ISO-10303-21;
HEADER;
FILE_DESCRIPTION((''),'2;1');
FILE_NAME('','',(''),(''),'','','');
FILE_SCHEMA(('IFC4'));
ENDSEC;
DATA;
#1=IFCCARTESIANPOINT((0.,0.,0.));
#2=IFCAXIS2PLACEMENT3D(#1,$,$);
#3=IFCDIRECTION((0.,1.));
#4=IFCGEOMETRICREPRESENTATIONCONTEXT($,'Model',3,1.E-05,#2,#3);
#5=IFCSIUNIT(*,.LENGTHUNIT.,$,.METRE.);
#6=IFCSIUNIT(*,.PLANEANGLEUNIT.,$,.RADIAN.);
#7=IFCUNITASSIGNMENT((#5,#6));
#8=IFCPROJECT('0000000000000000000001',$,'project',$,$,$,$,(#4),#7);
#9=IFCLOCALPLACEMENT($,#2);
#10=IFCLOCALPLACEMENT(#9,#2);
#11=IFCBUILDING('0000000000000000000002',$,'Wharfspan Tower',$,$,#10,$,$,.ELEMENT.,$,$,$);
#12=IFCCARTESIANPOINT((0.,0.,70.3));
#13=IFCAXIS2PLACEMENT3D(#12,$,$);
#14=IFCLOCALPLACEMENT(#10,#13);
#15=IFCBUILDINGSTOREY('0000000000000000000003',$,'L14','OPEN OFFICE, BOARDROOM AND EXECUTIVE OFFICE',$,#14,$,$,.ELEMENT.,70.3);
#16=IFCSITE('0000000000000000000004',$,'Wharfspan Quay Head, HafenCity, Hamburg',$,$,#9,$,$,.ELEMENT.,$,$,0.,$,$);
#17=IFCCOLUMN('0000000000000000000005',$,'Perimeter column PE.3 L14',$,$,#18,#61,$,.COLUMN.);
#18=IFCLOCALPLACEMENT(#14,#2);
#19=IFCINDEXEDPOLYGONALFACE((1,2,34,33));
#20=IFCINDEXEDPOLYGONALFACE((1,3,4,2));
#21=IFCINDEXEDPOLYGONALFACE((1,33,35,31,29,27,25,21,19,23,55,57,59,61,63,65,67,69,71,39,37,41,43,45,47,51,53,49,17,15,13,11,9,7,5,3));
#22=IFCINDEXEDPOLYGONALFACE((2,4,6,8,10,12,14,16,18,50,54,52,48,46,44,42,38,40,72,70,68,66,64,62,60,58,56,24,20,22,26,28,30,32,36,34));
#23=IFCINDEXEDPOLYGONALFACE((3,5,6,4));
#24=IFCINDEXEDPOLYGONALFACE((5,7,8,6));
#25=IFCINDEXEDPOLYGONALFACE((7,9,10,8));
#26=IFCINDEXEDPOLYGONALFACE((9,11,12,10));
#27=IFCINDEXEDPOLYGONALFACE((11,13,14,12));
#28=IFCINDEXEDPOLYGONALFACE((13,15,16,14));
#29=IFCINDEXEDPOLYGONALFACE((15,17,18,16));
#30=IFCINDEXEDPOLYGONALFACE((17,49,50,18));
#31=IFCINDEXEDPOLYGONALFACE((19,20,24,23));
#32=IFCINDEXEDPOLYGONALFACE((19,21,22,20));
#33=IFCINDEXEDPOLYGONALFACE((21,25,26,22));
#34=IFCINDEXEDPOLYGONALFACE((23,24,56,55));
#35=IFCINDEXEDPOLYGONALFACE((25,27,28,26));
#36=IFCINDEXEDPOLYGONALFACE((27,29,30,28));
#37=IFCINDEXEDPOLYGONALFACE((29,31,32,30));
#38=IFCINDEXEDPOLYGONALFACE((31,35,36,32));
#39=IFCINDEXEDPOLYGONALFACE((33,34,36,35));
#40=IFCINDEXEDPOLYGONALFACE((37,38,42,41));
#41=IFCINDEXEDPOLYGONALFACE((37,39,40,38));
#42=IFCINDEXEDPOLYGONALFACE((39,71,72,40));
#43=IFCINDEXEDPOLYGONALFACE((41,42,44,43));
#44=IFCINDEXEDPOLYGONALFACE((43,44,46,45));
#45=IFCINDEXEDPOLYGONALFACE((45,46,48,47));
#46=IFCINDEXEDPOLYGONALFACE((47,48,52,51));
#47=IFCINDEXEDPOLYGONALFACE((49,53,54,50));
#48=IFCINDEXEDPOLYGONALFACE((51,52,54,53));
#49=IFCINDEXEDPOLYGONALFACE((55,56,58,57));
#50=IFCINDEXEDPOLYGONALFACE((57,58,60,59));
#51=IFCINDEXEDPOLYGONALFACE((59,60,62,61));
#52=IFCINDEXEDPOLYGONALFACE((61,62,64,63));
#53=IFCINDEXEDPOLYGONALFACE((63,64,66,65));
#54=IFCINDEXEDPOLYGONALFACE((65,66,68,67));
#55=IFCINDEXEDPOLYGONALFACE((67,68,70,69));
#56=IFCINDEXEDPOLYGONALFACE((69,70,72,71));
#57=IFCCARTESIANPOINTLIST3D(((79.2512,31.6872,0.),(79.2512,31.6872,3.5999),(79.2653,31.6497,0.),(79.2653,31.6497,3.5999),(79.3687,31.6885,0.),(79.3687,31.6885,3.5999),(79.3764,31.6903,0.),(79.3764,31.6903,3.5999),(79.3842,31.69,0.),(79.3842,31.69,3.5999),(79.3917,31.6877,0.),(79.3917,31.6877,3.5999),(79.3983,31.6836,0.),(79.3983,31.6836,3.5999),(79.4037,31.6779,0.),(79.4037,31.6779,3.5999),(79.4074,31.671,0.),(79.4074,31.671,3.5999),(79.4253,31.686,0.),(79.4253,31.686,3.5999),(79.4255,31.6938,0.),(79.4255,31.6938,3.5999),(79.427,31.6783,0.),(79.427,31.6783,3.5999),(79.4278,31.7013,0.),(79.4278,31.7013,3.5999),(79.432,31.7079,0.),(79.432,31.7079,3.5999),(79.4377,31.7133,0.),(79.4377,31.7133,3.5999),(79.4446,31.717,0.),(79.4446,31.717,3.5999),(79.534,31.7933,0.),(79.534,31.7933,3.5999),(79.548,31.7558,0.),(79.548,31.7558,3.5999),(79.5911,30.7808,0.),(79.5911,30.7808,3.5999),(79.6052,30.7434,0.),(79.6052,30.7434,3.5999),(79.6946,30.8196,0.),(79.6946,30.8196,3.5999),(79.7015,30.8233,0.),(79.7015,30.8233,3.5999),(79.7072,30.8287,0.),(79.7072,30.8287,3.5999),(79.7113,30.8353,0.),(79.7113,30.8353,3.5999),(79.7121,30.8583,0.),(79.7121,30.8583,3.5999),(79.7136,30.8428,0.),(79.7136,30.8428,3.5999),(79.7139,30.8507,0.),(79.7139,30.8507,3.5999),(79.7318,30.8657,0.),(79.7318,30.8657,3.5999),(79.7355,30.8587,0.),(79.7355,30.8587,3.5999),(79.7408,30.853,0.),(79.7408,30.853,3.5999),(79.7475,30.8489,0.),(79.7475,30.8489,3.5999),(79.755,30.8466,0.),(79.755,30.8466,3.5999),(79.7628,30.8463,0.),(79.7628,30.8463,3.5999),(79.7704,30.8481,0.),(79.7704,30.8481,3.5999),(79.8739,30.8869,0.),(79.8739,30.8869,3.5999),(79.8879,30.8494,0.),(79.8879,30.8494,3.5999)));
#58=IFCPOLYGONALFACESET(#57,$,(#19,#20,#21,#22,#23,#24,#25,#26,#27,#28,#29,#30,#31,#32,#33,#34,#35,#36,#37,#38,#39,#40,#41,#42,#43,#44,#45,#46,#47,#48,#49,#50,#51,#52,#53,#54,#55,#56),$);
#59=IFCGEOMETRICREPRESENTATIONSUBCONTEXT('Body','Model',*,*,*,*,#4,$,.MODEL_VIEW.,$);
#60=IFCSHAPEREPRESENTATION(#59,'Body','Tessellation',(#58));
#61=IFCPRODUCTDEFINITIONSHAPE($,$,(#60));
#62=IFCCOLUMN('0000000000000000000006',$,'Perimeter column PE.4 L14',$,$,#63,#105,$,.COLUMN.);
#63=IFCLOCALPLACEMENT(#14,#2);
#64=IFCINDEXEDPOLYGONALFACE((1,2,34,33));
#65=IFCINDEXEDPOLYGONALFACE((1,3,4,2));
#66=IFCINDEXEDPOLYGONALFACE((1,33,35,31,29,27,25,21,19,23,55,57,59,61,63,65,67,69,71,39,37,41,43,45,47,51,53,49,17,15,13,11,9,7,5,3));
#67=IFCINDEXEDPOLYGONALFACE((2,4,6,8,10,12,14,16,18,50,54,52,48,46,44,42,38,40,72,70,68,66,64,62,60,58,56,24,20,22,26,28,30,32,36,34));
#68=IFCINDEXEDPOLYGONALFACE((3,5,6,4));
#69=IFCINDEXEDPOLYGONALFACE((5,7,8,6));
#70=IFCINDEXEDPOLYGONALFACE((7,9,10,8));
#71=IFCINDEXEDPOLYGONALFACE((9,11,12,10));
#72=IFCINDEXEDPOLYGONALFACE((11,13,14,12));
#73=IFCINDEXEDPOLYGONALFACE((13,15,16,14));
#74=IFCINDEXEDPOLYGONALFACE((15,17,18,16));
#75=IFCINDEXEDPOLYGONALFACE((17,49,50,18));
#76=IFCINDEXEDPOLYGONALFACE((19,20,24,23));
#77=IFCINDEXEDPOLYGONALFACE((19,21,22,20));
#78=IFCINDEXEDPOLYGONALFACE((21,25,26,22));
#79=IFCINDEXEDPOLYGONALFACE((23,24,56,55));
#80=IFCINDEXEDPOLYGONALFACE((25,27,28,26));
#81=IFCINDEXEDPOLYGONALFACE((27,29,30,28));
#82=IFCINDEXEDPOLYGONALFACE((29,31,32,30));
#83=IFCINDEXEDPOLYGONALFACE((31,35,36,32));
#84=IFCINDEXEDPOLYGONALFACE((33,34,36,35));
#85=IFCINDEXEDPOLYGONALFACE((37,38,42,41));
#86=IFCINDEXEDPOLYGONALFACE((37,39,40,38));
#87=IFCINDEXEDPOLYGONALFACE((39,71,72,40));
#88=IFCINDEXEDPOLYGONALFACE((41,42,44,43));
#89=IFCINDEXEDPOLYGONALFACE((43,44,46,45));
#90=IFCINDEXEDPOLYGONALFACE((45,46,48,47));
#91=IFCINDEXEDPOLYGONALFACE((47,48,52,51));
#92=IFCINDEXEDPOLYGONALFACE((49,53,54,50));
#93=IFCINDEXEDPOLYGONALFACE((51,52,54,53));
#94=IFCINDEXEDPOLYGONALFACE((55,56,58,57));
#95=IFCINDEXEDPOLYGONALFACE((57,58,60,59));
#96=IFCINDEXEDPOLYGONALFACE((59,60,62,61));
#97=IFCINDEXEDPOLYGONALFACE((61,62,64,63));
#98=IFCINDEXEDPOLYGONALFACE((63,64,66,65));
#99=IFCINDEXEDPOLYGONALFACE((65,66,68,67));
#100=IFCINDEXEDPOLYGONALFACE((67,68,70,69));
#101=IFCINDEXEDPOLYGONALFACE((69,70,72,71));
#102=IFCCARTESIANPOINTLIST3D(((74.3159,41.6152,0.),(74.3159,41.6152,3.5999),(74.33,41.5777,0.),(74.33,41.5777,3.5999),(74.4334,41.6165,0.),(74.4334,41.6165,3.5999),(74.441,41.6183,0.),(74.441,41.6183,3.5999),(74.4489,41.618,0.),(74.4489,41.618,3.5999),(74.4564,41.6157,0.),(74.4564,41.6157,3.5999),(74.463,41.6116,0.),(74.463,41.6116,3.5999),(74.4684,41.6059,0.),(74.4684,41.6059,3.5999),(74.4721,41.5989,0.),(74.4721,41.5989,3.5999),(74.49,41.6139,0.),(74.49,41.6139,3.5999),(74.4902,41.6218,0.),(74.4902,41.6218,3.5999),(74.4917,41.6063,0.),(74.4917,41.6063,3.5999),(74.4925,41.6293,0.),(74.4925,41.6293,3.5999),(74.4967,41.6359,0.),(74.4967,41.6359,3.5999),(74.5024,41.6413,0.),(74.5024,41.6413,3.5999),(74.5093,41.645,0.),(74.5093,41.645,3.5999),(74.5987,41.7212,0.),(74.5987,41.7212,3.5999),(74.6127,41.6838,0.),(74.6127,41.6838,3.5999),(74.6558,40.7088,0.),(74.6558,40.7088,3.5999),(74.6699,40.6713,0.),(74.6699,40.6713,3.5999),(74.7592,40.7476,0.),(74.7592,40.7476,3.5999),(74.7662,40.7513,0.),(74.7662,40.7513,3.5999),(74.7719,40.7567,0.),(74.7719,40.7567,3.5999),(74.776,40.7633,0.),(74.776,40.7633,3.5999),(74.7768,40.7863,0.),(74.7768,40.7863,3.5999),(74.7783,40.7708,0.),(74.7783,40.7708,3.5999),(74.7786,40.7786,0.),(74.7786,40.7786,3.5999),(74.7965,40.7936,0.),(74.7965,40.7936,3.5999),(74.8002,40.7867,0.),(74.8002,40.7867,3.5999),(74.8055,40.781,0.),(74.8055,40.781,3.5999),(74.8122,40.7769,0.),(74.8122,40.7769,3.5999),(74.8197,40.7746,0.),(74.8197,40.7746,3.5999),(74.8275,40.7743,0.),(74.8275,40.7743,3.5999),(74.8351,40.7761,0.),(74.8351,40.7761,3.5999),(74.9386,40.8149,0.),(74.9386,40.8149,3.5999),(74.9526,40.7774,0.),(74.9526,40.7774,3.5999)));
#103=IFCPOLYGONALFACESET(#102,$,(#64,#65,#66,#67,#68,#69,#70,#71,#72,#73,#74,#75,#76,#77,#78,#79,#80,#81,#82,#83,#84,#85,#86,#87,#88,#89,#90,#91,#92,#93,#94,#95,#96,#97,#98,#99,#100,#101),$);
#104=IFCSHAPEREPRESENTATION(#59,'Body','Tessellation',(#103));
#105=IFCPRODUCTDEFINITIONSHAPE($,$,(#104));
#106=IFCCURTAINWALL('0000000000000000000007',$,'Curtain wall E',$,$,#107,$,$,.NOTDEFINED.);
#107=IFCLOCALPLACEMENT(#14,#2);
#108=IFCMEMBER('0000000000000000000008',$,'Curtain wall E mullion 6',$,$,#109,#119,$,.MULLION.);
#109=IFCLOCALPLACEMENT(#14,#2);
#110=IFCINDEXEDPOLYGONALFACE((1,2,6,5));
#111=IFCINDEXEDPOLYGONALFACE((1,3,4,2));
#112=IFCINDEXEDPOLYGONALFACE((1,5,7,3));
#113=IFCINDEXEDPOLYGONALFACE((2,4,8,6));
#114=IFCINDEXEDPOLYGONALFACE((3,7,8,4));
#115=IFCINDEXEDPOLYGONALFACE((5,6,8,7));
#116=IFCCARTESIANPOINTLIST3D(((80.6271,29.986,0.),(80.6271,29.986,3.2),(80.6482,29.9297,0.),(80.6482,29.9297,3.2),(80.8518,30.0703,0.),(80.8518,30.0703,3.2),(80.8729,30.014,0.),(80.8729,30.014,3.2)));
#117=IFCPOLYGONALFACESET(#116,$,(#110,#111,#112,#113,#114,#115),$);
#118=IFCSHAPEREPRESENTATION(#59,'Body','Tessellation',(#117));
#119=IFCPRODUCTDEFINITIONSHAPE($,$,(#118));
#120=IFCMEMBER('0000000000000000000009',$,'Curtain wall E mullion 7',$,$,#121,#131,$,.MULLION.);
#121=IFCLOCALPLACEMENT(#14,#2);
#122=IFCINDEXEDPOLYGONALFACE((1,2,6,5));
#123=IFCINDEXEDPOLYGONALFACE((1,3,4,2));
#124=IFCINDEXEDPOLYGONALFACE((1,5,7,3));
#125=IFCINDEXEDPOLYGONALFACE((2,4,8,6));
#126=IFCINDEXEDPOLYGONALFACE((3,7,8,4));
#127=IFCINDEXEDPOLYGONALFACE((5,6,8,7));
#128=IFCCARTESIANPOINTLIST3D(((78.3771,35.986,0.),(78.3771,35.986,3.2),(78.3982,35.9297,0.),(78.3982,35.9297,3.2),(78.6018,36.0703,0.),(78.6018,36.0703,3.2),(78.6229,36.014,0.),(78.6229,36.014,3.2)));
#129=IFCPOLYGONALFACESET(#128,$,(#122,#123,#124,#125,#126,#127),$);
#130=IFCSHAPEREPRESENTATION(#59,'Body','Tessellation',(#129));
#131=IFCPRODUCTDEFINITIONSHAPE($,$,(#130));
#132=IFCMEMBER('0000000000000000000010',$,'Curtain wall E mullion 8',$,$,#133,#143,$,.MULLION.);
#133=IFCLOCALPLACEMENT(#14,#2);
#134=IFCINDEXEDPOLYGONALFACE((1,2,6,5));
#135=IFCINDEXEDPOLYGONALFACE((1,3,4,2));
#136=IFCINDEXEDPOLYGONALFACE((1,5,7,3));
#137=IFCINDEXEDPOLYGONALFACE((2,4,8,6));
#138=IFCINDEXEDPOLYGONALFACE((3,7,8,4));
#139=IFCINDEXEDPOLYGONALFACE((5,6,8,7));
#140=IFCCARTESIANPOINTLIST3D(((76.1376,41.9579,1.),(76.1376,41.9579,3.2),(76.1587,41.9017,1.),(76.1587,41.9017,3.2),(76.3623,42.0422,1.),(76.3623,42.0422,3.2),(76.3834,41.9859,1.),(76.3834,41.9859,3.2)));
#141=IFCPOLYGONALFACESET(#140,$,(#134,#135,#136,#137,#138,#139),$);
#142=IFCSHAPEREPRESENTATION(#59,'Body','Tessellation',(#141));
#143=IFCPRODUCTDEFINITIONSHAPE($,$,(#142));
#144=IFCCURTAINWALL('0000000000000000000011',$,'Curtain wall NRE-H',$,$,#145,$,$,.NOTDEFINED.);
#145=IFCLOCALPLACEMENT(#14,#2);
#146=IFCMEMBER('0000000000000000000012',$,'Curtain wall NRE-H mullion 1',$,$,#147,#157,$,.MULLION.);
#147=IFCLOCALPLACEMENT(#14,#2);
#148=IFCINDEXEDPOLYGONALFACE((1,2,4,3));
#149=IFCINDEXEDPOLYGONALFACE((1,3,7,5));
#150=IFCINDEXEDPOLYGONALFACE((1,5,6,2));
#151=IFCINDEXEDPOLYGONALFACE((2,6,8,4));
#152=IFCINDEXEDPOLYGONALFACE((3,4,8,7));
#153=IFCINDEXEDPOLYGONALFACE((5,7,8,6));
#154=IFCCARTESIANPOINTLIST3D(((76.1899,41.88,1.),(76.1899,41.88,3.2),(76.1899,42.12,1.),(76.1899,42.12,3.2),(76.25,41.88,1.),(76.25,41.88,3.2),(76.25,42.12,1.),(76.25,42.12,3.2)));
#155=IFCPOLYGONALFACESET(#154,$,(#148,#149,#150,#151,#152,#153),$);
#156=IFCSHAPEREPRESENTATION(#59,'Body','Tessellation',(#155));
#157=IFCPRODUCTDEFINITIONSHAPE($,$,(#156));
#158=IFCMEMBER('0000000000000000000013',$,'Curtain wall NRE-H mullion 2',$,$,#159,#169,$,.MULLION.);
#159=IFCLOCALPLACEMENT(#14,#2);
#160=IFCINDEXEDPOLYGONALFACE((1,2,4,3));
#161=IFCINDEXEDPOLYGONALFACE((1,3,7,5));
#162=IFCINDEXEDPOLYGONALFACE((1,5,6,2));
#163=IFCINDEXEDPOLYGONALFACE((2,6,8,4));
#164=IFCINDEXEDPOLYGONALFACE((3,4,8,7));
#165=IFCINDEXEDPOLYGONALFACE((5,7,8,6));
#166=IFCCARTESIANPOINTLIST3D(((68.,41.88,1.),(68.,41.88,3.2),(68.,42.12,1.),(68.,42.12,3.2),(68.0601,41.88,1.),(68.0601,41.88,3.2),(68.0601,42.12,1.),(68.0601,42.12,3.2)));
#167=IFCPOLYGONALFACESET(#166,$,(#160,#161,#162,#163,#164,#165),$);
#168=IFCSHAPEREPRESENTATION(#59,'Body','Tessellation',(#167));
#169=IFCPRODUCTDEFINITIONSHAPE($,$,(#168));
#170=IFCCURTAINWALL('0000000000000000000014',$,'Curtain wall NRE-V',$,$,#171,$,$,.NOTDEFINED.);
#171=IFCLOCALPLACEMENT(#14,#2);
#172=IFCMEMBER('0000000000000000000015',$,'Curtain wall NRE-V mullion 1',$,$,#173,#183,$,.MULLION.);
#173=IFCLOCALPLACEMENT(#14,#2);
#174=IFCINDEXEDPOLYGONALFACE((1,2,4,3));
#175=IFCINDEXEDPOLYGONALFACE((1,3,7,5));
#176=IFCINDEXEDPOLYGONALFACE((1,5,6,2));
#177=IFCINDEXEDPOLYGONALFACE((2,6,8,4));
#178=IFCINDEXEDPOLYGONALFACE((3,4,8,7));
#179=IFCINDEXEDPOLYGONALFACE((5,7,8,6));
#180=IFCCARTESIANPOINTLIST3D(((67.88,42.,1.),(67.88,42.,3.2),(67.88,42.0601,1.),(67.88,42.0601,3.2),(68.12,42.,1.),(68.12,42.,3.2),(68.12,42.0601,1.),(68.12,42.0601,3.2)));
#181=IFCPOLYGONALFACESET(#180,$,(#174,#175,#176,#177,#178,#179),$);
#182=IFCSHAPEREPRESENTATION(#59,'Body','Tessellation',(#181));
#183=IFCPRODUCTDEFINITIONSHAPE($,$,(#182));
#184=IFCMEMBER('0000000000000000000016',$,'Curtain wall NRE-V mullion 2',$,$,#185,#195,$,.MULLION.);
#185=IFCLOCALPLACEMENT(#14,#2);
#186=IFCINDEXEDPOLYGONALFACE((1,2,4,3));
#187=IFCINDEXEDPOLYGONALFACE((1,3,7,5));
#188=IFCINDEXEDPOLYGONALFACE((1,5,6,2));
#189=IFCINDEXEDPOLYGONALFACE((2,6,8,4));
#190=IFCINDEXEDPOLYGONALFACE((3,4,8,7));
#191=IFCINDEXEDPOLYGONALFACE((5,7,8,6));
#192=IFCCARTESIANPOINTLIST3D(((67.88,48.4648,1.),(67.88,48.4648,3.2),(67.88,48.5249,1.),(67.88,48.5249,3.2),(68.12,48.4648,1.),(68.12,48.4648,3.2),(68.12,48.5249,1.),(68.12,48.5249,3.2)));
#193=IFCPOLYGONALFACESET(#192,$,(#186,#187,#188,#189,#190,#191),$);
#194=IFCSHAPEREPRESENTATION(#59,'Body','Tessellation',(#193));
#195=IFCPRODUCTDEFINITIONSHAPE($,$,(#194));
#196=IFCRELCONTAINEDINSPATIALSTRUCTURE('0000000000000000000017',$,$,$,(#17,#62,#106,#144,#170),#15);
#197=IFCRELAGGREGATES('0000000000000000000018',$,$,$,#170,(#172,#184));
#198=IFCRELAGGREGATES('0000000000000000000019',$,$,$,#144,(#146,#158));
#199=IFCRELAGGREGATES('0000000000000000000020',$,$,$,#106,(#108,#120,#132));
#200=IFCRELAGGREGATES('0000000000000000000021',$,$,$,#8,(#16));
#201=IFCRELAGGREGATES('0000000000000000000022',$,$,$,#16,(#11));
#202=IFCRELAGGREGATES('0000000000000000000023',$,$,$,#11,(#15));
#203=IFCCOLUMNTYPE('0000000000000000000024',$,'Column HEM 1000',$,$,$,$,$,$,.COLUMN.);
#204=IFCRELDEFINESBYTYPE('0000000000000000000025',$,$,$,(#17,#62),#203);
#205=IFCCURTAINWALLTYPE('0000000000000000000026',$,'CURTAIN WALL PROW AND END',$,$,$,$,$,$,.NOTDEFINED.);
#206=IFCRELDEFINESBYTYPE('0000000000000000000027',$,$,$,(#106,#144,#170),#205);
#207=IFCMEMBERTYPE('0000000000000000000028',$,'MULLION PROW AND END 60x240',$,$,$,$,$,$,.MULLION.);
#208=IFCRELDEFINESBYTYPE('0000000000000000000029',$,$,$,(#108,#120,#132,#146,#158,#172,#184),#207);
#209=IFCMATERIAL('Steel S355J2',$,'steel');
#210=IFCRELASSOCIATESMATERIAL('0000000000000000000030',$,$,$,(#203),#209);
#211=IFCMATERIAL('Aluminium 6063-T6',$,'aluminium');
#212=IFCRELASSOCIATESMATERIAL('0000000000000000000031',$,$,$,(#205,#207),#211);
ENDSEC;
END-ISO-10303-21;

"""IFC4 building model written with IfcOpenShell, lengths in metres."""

from ifc_helpers import new_model, si_unit, direction, frame, origin, origin_2d, place, context, subcontext, project, spatial, rectangle, i_section, extrude, material, material_profile, profile_set, type_object, element, aggregate, save


model = new_model("IFC4")

# Units and contexts
model_context = context("Model", 3, precision=1e-05, world=origin(), true_north=direction((0.0, 1.0)))
body_context = subcontext(model_context, "Body", "Model", "MODEL_VIEW")
ifc_project = project(units=[si_unit("LENGTHUNIT", "METRE"), si_unit("PLANEANGLEUNIT", "RADIAN")], contexts=[model_context])

# Site, building, storey
site_placement = place(None, origin())
site = spatial("IfcSite", under=ifc_project, at=site_placement, Name="Wharfspan Quay Head, HafenCity, Hamburg", CompositionType="ELEMENT", RefElevation=0.0)
building_placement = place(site_placement, origin())
building = spatial("IfcBuilding", under=site, at=building_placement, Name="Wharfspan Tower", CompositionType="ELEMENT")
storey_placement = place(building_placement, frame((0.0, 0.0, 70.3)))
storey = spatial("IfcBuildingStorey", under=building, at=storey_placement, Name="L14", Description="OPEN OFFICE, BOARDROOM AND EXECUTIVE OFFICE", CompositionType="ELEMENT", Elevation=70.3)

# Columns
ifc_material_1 = material(Name="Steel S355J2", Category="steel")
ifc_material_profile_1 = material_profile(ifc_material_1, i_section(OverallWidth=0.302, OverallDepth=1.0081, WebThickness=0.021, FlangeThickness=0.04, FilletRadius=0.03, at=origin_2d()))
ifc_profile_set_1 = profile_set([ifc_material_profile_1], Name="Steel S355J2")
column_type = type_object("IfcColumnType", Name="Column HEM 1000", PredefinedType="COLUMN", material=ifc_profile_set_1)
for number, where, z_axis, x_axis, name in (
    (1, (79.5696, 31.2683, 0.0), (0.0, 0.0, 1.0), (0.936328, 0.351123, 0.0), "Perimeter column PE.3 L14"),
    (2, (74.6343, 41.1963, 0.0), (0.0, 0.0, 1.0), (0.936328, 0.351123, 0.0), "Perimeter column PE.4 L14"),
):
    element("IfcColumn", number, at=place(storey_placement, frame(where, z_axis=z_axis, x_axis=x_axis)), inside=storey, type_object=column_type, Name=name, PredefinedType="COLUMN", context=body_context, shape_type="SweptSolid", body=[
        extrude(i_section(OverallWidth=0.302, OverallDepth=1.0081, WebThickness=0.021, FlangeThickness=0.04, FilletRadius=0.03, at=origin_2d()), origin(), (0.0, 0.0, 1.0), 3.5999),
    ])

# Curtain walls, members
ifc_material_2 = material(Name="Aluminium 6063-T6", Category="aluminium")
curtain_wall_type = type_object("IfcCurtainWallType", Name="CURTAIN WALL PROW AND END", PredefinedType="NOTDEFINED", material=ifc_material_2)
curtain_wall_1_placement = place(storey_placement, origin())
curtain_wall_1 = element("IfcCurtainWall", 3, at=curtain_wall_1_placement, inside=storey, type_object=curtain_wall_type, Name="Curtain wall E", PredefinedType="NOTDEFINED")
ifc_material_profile_2 = material_profile(ifc_material_2, rectangle(XDim=0.24, YDim=0.0601, at=origin_2d()))
ifc_profile_set_2 = profile_set([ifc_material_profile_2], Name="Aluminium 6063-T6")
member_type_1 = type_object("IfcMemberType", Name="MULLION PROW AND END 60x240", PredefinedType="MULLION", material=ifc_profile_set_2)
member_1_placement = place(storey_placement, frame((80.75, 30.0, 0.0), z_axis=(0.0, 0.0, 1.0), x_axis=(-0.936328, -0.351123, 0.0)))
member_1 = element("IfcMember", 4, at=member_1_placement, type_object=member_type_1, Name="Curtain wall E mullion 6", PredefinedType="MULLION", context=body_context, shape_type="SweptSolid", body=[
    extrude(rectangle(XDim=0.24, YDim=0.0601, at=origin_2d()), origin(), (0.0, 0.0, 1.0), 3.2),
])
member_2_placement = place(storey_placement, frame((78.5, 36.0, 0.0), z_axis=(0.0, 0.0, 1.0), x_axis=(-0.936328, -0.351123, 0.0)))
member_2 = element("IfcMember", 5, at=member_2_placement, type_object=member_type_1, Name="Curtain wall E mullion 7", PredefinedType="MULLION", context=body_context, shape_type="SweptSolid", body=[
    extrude(rectangle(XDim=0.24, YDim=0.0601, at=origin_2d()), origin(), (0.0, 0.0, 1.0), 3.2),
])
member_3_placement = place(storey_placement, frame((76.2605, 41.9719, 1.0), z_axis=(0.0, 0.0, 1.0), x_axis=(-0.936328, -0.351123, 0.0)))
member_3 = element("IfcMember", 6, at=member_3_placement, type_object=member_type_1, Name="Curtain wall E mullion 8", PredefinedType="MULLION", context=body_context, shape_type="SweptSolid", body=[
    extrude(rectangle(XDim=0.24, YDim=0.0601, at=origin_2d()), origin(), (0.0, 0.0, 1.0), 2.2),
])
curtain_wall_2_placement = place(storey_placement, origin())
curtain_wall_2 = element("IfcCurtainWall", 7, at=curtain_wall_2_placement, inside=storey, type_object=curtain_wall_type, Name="Curtain wall NRE-H", PredefinedType="NOTDEFINED")
member_4_placement = place(storey_placement, frame((76.22, 42.0, 1.0), z_axis=(0.0, 0.0, 1.0), x_axis=(0.0, -1.0, 0.0)))
member_4 = element("IfcMember", 8, at=member_4_placement, type_object=member_type_1, Name="Curtain wall NRE-H mullion 1", PredefinedType="MULLION", context=body_context, shape_type="SweptSolid", body=[
    extrude(rectangle(XDim=0.24, YDim=0.0601, at=origin_2d()), origin(), (0.0, 0.0, 1.0), 2.2),
])
member_5_placement = place(storey_placement, frame((68.03, 42.0, 1.0), z_axis=(0.0, 0.0, 1.0), x_axis=(0.0, -1.0, 0.0)))
member_5 = element("IfcMember", 9, at=member_5_placement, type_object=member_type_1, Name="Curtain wall NRE-H mullion 2", PredefinedType="MULLION", context=body_context, shape_type="SweptSolid", body=[
    extrude(rectangle(XDim=0.24, YDim=0.0601, at=origin_2d()), origin(), (0.0, 0.0, 1.0), 2.2),
])
curtain_wall_3_placement = place(storey_placement, origin())
curtain_wall_3 = element("IfcCurtainWall", 10, at=curtain_wall_3_placement, inside=storey, type_object=curtain_wall_type, Name="Curtain wall NRE-V", PredefinedType="NOTDEFINED")
member_6_placement = place(storey_placement, frame((68.0, 42.03, 1.0), z_axis=(0.0, 0.0, 1.0), x_axis=(-1.0, 0.0, 0.0)))
member_6 = element("IfcMember", 11, at=member_6_placement, type_object=member_type_1, Name="Curtain wall NRE-V mullion 1", PredefinedType="MULLION", context=body_context, shape_type="SweptSolid", body=[
    extrude(rectangle(XDim=0.24, YDim=0.0601, at=origin_2d()), origin(), (0.0, 0.0, 1.0), 2.2),
])
member_7_placement = place(storey_placement, frame((68.0, 48.4949, 1.0), z_axis=(0.0, 0.0, 1.0), x_axis=(-1.0, 0.0, 0.0)))
member_7 = element("IfcMember", 12, at=member_7_placement, type_object=member_type_1, Name="Curtain wall NRE-V mullion 2", PredefinedType="MULLION", context=body_context, shape_type="SweptSolid", body=[
    extrude(rectangle(XDim=0.24, YDim=0.0601, at=origin_2d()), origin(), (0.0, 0.0, 1.0), 2.2),
])

aggregate(curtain_wall_3, [member_6, member_7])

aggregate(curtain_wall_2, [member_4, member_5])
aggregate(curtain_wall_1, [member_1, member_2, member_3])

save(model, "model.ifc")
